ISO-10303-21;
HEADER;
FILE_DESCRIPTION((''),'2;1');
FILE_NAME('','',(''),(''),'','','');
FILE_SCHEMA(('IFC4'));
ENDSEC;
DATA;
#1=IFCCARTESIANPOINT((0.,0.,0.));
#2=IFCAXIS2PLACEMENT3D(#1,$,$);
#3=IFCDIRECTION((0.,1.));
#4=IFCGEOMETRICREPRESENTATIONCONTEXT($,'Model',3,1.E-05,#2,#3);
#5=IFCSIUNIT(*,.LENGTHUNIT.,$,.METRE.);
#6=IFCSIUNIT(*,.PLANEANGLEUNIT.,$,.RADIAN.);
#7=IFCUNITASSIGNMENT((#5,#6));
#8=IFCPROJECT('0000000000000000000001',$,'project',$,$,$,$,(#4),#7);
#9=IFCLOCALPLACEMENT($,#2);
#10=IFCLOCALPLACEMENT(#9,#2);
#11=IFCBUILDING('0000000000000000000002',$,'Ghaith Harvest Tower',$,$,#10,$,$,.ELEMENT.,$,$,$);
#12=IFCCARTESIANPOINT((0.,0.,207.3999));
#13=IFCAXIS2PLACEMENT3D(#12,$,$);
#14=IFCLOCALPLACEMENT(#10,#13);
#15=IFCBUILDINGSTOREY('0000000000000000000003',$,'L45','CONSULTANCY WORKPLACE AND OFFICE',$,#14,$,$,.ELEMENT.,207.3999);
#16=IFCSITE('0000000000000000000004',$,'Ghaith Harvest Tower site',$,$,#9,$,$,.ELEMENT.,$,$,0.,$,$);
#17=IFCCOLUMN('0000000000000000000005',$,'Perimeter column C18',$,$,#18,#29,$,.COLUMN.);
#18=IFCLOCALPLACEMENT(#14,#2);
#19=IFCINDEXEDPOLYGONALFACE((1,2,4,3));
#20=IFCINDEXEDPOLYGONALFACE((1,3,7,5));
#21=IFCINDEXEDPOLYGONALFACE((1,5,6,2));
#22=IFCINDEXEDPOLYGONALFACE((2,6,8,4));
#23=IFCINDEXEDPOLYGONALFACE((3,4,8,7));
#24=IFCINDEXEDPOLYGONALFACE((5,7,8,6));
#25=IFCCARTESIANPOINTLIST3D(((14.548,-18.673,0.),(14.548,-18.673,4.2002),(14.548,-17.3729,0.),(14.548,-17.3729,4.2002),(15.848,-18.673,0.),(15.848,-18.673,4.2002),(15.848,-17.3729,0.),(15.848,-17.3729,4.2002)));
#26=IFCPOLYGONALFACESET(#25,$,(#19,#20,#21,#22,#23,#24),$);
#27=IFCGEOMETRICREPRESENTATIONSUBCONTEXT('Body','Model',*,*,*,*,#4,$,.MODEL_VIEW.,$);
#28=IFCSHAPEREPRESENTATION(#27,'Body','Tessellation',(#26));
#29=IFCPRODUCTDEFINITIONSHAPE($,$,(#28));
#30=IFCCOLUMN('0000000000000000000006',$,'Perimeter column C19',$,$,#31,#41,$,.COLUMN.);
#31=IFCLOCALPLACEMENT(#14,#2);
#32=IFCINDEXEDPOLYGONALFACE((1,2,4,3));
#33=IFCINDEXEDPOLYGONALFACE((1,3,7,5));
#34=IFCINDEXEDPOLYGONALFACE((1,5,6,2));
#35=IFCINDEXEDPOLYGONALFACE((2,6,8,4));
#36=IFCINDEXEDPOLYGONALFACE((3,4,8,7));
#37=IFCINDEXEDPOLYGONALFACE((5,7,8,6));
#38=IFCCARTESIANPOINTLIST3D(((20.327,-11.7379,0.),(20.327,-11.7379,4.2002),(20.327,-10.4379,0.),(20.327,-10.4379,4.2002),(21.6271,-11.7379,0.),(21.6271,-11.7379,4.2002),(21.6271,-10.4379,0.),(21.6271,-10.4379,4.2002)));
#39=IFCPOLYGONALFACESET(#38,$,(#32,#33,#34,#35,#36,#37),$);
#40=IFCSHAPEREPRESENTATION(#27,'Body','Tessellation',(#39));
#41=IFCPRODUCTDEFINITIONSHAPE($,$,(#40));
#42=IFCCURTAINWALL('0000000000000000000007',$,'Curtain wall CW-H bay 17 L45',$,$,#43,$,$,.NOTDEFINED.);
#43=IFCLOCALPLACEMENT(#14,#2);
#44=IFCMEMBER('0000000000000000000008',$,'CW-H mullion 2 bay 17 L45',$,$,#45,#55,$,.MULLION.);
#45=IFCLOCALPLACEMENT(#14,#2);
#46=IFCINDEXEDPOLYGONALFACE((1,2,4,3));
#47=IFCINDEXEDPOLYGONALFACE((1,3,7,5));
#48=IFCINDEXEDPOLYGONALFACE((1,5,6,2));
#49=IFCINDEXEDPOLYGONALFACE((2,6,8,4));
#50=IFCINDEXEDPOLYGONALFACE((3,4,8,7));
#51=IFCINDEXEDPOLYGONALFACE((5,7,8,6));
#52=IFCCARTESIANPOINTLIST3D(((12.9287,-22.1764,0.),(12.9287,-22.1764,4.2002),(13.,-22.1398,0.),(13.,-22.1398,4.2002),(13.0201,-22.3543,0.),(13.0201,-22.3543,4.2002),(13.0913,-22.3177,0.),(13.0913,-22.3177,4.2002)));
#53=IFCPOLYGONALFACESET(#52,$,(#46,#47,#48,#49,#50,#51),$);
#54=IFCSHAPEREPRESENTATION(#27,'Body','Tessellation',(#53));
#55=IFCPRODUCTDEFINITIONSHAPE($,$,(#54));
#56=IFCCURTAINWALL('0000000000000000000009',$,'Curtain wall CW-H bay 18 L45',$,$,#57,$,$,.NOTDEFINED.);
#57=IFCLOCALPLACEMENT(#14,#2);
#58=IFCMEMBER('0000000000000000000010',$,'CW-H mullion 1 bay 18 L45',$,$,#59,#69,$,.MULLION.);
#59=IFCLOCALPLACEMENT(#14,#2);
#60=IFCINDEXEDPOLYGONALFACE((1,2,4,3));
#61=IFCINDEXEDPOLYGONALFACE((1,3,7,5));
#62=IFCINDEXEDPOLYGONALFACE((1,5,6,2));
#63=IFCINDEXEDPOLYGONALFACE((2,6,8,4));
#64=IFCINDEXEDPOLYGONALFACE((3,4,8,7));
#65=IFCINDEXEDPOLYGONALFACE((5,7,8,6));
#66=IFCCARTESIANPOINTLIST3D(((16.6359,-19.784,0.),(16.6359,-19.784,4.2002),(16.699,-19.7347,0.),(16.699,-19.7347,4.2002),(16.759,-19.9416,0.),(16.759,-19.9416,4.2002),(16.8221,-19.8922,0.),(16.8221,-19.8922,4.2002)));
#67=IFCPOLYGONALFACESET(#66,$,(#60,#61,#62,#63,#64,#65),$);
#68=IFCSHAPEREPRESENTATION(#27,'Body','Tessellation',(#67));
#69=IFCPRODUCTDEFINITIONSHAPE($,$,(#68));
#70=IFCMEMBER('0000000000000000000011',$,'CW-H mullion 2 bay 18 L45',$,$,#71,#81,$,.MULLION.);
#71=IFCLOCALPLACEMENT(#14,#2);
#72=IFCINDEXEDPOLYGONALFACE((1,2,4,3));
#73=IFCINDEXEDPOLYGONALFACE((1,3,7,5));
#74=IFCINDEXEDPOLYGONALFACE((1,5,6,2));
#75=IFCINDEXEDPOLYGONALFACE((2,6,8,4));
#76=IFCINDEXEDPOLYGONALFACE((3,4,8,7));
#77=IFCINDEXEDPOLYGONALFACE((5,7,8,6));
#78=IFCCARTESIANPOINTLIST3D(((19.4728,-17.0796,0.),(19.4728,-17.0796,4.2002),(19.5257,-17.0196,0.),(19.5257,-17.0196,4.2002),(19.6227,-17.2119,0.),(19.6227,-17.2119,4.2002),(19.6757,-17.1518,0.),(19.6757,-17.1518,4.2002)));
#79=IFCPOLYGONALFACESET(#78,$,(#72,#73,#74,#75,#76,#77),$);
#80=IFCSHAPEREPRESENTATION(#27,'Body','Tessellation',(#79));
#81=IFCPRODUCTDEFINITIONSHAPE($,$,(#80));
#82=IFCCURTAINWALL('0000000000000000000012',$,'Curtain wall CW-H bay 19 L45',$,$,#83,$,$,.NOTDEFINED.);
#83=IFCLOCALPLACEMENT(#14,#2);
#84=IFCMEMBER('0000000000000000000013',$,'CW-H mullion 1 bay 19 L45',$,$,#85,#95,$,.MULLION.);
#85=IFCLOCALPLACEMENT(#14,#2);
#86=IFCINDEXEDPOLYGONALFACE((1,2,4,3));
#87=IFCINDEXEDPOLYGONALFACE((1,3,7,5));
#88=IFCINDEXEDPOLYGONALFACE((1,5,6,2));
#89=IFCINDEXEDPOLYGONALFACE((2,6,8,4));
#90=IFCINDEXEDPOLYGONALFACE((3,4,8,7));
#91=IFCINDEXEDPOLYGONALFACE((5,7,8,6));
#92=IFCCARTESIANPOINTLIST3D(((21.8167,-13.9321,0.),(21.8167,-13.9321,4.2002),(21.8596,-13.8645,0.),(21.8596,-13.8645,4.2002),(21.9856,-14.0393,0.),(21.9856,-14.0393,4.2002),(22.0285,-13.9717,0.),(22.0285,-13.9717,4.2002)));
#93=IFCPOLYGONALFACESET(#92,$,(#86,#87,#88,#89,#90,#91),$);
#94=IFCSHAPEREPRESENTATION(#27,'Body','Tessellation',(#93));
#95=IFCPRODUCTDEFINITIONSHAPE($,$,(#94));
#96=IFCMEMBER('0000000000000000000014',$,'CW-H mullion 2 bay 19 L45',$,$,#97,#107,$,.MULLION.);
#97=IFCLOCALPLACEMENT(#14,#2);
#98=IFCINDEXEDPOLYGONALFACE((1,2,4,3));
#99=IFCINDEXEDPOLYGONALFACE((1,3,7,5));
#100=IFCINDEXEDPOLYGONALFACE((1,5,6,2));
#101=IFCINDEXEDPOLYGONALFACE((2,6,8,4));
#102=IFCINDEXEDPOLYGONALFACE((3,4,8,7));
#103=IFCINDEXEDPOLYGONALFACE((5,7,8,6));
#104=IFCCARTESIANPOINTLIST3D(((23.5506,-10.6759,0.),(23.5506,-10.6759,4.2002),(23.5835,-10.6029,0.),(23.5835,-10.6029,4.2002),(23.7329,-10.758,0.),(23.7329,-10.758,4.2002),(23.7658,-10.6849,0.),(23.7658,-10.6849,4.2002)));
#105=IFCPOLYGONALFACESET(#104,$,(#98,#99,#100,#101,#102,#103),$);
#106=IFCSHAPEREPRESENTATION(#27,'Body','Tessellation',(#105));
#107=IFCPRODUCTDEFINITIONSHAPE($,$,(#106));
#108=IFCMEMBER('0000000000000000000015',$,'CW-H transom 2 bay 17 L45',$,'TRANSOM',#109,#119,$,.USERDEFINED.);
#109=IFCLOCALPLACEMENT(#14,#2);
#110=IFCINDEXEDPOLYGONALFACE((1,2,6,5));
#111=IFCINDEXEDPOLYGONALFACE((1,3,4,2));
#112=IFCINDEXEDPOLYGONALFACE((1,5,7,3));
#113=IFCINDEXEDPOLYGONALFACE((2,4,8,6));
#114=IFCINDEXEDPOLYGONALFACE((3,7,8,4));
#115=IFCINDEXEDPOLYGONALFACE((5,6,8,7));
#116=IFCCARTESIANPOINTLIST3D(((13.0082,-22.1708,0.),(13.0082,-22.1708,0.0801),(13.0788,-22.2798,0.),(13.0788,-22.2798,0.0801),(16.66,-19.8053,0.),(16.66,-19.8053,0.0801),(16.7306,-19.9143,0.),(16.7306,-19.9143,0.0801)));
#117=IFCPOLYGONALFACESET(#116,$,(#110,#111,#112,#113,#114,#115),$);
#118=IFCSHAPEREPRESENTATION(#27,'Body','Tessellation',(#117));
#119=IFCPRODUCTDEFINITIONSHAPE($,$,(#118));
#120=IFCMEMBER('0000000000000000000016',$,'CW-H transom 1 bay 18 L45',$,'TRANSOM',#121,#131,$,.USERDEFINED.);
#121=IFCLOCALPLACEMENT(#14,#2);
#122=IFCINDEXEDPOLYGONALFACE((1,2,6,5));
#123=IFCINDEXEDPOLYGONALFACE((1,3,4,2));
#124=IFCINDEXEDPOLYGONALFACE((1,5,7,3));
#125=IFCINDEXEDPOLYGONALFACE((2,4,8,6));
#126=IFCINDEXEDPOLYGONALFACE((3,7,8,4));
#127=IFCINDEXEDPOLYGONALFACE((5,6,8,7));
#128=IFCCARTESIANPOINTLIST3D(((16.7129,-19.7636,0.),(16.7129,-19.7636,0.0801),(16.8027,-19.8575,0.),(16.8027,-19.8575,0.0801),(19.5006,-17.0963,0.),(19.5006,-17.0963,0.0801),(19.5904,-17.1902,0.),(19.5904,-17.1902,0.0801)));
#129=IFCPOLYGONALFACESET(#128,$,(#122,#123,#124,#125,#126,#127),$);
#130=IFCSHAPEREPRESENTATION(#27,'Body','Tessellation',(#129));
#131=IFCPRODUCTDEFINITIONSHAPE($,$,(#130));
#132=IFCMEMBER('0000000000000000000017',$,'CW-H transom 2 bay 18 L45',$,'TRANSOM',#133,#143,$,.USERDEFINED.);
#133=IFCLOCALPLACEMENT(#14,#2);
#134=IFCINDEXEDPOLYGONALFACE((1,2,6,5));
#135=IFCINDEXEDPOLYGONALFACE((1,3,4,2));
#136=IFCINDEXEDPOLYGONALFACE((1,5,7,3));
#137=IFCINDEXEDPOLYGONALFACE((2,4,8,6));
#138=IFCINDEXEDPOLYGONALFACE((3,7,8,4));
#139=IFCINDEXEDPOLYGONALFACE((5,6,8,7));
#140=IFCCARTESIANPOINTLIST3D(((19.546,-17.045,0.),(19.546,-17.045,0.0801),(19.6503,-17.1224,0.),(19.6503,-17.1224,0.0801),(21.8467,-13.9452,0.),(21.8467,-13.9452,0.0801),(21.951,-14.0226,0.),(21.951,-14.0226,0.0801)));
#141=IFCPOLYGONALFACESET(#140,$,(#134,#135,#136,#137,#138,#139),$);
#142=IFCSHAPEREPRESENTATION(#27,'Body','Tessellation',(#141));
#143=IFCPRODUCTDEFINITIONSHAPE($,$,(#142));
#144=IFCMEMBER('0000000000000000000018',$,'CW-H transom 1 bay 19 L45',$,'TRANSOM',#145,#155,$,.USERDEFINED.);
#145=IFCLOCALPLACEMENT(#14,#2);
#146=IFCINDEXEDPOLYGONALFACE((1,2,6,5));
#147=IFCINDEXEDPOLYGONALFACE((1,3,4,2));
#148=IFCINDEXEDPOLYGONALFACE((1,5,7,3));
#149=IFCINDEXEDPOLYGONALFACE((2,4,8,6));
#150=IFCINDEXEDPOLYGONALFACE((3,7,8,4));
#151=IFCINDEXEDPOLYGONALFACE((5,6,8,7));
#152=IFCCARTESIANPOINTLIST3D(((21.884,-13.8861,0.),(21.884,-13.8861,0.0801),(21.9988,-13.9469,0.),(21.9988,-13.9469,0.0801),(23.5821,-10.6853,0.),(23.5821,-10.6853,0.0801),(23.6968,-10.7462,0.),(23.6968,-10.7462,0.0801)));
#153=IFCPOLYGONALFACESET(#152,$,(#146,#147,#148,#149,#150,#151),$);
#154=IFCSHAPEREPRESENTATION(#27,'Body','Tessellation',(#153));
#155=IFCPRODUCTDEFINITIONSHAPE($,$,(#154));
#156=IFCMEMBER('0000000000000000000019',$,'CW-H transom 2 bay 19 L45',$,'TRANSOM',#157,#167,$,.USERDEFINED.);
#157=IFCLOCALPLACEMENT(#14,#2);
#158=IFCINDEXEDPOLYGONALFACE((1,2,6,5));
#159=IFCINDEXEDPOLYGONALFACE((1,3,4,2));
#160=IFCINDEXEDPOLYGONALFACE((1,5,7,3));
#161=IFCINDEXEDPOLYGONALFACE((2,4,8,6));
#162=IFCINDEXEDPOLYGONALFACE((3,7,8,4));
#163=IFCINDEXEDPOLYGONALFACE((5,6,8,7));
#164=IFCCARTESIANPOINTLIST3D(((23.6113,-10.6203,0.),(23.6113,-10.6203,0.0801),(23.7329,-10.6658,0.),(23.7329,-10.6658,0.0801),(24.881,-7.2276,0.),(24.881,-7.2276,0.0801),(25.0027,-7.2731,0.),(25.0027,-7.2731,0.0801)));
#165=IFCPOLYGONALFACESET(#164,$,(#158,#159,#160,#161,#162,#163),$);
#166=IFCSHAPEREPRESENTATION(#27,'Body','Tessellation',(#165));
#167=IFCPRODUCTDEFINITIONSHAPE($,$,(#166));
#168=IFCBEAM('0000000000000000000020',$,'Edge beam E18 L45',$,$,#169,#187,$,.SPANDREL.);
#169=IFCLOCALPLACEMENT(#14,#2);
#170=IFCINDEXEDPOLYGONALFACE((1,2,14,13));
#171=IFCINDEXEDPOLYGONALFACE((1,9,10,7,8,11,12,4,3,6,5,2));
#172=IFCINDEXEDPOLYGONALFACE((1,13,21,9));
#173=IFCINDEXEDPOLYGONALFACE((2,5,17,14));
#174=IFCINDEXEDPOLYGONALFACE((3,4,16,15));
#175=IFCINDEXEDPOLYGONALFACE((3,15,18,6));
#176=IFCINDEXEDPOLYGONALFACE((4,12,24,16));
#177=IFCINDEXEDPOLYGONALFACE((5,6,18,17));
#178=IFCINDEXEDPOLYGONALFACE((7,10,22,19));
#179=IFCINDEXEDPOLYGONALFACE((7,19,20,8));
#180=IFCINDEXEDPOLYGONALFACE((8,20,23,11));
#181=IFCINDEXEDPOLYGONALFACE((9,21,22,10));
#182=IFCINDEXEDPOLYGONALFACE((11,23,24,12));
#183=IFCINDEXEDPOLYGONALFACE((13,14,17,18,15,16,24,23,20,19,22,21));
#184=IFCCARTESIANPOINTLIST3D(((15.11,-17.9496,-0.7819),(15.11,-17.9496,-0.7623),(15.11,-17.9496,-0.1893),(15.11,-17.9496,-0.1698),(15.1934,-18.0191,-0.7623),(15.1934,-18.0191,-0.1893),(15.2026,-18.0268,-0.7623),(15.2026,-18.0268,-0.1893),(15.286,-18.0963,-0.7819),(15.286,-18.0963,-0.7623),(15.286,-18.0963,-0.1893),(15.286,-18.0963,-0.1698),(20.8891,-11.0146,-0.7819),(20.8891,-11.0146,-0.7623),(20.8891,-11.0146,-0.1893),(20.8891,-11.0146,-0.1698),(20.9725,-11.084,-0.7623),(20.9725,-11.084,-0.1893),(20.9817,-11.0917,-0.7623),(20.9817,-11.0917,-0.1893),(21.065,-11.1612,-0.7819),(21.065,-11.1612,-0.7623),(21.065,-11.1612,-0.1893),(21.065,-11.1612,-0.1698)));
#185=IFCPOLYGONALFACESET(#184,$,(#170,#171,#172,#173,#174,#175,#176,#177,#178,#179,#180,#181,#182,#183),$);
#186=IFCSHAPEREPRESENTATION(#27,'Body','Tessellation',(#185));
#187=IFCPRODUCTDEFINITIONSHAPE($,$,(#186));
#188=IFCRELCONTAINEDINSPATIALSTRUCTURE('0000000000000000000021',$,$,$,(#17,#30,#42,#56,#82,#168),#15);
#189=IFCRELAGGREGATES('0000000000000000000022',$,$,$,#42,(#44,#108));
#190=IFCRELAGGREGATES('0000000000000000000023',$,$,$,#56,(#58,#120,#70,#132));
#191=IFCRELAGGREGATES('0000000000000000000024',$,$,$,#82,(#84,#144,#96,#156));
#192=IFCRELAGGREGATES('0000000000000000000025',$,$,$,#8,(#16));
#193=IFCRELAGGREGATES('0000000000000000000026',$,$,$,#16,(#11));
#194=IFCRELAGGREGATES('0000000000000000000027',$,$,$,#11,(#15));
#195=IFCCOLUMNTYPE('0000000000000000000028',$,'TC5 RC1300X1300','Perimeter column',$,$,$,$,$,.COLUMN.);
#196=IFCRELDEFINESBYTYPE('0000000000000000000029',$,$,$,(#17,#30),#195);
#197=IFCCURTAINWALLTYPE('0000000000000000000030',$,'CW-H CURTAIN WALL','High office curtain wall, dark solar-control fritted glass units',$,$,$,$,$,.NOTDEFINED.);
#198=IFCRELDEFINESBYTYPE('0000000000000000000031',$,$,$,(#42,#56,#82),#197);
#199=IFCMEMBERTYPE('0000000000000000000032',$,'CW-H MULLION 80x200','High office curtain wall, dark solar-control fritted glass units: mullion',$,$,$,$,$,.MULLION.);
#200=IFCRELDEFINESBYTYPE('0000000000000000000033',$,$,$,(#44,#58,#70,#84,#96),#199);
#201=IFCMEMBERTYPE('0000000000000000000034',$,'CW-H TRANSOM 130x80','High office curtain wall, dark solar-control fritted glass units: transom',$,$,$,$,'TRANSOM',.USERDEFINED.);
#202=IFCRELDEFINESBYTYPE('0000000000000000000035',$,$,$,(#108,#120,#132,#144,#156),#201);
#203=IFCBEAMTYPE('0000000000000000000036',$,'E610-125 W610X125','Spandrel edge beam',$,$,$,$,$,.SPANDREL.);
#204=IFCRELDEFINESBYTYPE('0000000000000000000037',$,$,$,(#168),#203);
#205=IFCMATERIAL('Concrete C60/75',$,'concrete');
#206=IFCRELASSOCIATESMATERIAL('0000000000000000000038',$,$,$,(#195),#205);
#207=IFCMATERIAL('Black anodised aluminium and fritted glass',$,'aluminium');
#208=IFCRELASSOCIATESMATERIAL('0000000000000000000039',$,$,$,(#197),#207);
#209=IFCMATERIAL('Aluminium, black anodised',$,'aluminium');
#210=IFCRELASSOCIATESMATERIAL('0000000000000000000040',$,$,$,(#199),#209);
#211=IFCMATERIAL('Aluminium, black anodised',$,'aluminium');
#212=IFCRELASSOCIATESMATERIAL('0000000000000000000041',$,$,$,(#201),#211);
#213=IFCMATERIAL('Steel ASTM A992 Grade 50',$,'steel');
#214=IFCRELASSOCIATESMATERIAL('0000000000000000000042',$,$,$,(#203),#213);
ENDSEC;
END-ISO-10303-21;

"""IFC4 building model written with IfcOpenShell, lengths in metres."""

from ifc_helpers import new_model, si_unit, direction, frame, origin, origin_2d, place, context, subcontext, project, spatial, rectangle, i_section, extrude, material, material_profile, profile_set, type_object, element, aggregate, save


model = new_model("IFC4")

# Units and contexts
model_context = context("Model", 3, precision=1e-05, world=origin(), true_north=direction((0.0, 1.0)))
body_context = subcontext(model_context, "Body", "Model", "MODEL_VIEW")
ifc_project = project(units=[si_unit("LENGTHUNIT", "METRE"), si_unit("PLANEANGLEUNIT", "RADIAN")], contexts=[model_context])

# Site, building, storey
site_placement = place(None, origin())
site = spatial("IfcSite", under=ifc_project, at=site_placement, Name="Ghaith Harvest Tower site", CompositionType="ELEMENT", RefElevation=0.0)
building_placement = place(site_placement, origin())
building = spatial("IfcBuilding", under=site, at=building_placement, Name="Ghaith Harvest Tower", CompositionType="ELEMENT")
storey_placement = place(building_placement, frame((0.0, 0.0, 207.3999)))
storey = spatial("IfcBuildingStorey", under=building, at=storey_placement, Name="L45", Description="CONSULTANCY WORKPLACE AND OFFICE", CompositionType="ELEMENT", Elevation=207.3999)

# Columns
ifc_material_1 = material(Name="Concrete C60/75", Category="concrete")
ifc_material_profile_1 = material_profile(ifc_material_1, rectangle(XDim=1.3, YDim=1.3, at=origin_2d()), Name="RC1300X1300")
ifc_profile_set_1 = profile_set([ifc_material_profile_1], Name="Concrete C60/75")
column_type = type_object("IfcColumnType", Name="TC5 RC1300X1300", Description="Perimeter column", PredefinedType="COLUMN", material=ifc_profile_set_1)
for number, where, z_axis, x_axis, name in (
    (1, (15.198, -18.0229, 0.0), (0.0, 0.0, 1.0), (1.0, 0.0, 0.0), "Perimeter column C18"),
    (2, (20.9771, -11.0879, 0.0), (0.0, 0.0, 1.0), (1.0, 0.0, 0.0), "Perimeter column C19"),
):
    element("IfcColumn", number, at=place(storey_placement, frame(where, z_axis=z_axis, x_axis=x_axis)), inside=storey, type_object=column_type, Name=name, PredefinedType="COLUMN", context=body_context, shape_type="SweptSolid", body=[
        extrude(rectangle(XDim=1.3, YDim=1.3, at=origin_2d()), origin(), (0.0, 0.0, 1.0), 4.2002),
    ])

# Curtain wall, member
ifc_material_2 = material(Name="Black anodised aluminium and fritted glass", Category="aluminium")
curtain_wall_type = type_object("IfcCurtainWallType", Name="CW-H CURTAIN WALL", Description="High office curtain wall, dark solar-control fritted glass units", PredefinedType="NOTDEFINED", material=ifc_material_2)
curtain_wall_1_placement = place(storey_placement, origin())
curtain_wall_1 = element("IfcCurtainWall", 3, at=curtain_wall_1_placement, inside=storey, type_object=curtain_wall_type, Name="Curtain wall CW-H bay 17 L45", PredefinedType="NOTDEFINED")
ifc_material_3 = material(Name="Aluminium, black anodised", Category="aluminium")
ifc_material_profile_2 = material_profile(ifc_material_3, rectangle(XDim=0.0801, YDim=0.2, at=origin_2d()), Name="CW-H MULLION 80x200")
ifc_profile_set_2 = profile_set([ifc_material_profile_2], Name="Aluminium, black anodised")
member_type_1 = type_object("IfcMemberType", Name="CW-H MULLION 80x200", Description="High office curtain wall, dark solar-control fritted glass units: mullion", PredefinedType="MULLION", material=ifc_profile_set_2)
member_1_placement = place(storey_placement, frame((13.01, -22.2471, 0.0), z_axis=(0.0, 0.0, 1.0), x_axis=(0.889568, 0.456802, 0.0)))
member_1 = element("IfcMember", 4, at=member_1_placement, type_object=member_type_1, Name="CW-H mullion 2 bay 17 L45", PredefinedType="MULLION", context=body_context, shape_type="SweptSolid", body=[
    extrude(rectangle(XDim=0.0801, YDim=0.2, at=origin_2d()), origin(), (0.0, 0.0, 1.0), 4.2002),
])

# Curtain walls, members
curtain_wall_2_placement = place(storey_placement, origin())
curtain_wall_2 = element("IfcCurtainWall", 5, at=curtain_wall_2_placement, inside=storey, type_object=curtain_wall_type, Name="Curtain wall CW-H bay 18 L45", PredefinedType="NOTDEFINED")
member_2_placement = place(storey_placement, frame((16.729, -19.8381, 0.0), z_axis=(0.0, 0.0, 1.0), x_axis=(0.787846, 0.615873, 0.0)))
member_2 = element("IfcMember", 6, at=member_2_placement, type_object=member_type_1, Name="CW-H mullion 1 bay 18 L45", PredefinedType="MULLION", context=body_context, shape_type="SweptSolid", body=[
    extrude(rectangle(XDim=0.0801, YDim=0.2, at=origin_2d()), origin(), (0.0, 0.0, 1.0), 4.2002),
])
member_3_placement = place(storey_placement, frame((19.5742, -17.1157, 0.0), z_axis=(0.0, 0.0, 1.0), x_axis=(0.661615, 0.749844, 0.0)))
member_3 = element("IfcMember", 7, at=member_3_placement, type_object=member_type_1, Name="CW-H mullion 2 bay 18 L45", PredefinedType="MULLION", context=body_context, shape_type="SweptSolid", body=[
    extrude(rectangle(XDim=0.0801, YDim=0.2, at=origin_2d()), origin(), (0.0, 0.0, 1.0), 4.2002),
])
curtain_wall_3_placement = place(storey_placement, origin())
curtain_wall_3 = element("IfcCurtainWall", 8, at=curtain_wall_3_placement, inside=storey, type_object=curtain_wall_type, Name="Curtain wall CW-H bay 19 L45", PredefinedType="NOTDEFINED")
member_4_placement = place(storey_placement, frame((21.9226, -13.9519, 0.0), z_axis=(0.0, 0.0, 1.0), x_axis=(0.535827, 0.844328, 0.0)))
member_4 = element("IfcMember", 9, at=member_4_placement, type_object=member_type_1, Name="CW-H mullion 1 bay 19 L45", PredefinedType="MULLION", context=body_context, shape_type="SweptSolid", body=[
    extrude(rectangle(XDim=0.0801, YDim=0.2, at=origin_2d()), origin(), (0.0, 0.0, 1.0), 4.2002),
])
member_5_placement = place(storey_placement, frame((23.6582, -10.6804, 0.0), z_axis=(0.0, 0.0, 1.0), x_axis=(0.41043, 0.911892, 0.0)))
member_5 = element("IfcMember", 10, at=member_5_placement, type_object=member_type_1, Name="CW-H mullion 2 bay 19 L45", PredefinedType="MULLION", context=body_context, shape_type="SweptSolid", body=[
    extrude(rectangle(XDim=0.0801, YDim=0.2, at=origin_2d()), origin(), (0.0, 0.0, 1.0), 4.2002),
])

# Members
ifc_material_4 = material(Name="Aluminium, black anodised", Category="aluminium")
ifc_material_profile_3 = material_profile(ifc_material_4, rectangle(XDim=0.1299, YDim=0.0801, at=origin_2d()), Name="CW-H TRANSOM 130x80")
ifc_profile_set_3 = profile_set([ifc_material_profile_3], Name="Aluminium, black anodised")
member_type_2 = type_object("IfcMemberType", Name="CW-H TRANSOM 130x80", Description="High office curtain wall, dark solar-control fritted glass units: transom", ElementType="TRANSOM", PredefinedType="USERDEFINED", material=ifc_profile_set_3)
member_6_placement = place(storey_placement, frame((13.0435, -22.2253, 0.04), z_axis=(0.839307, 0.543658, 0.0), x_axis=(-0.543658, 0.839307, 0.0)))
member_6 = element("IfcMember", 11, at=member_6_placement, type_object=member_type_2, Name="CW-H transom 2 bay 17 L45", ObjectType="TRANSOM", PredefinedType="USERDEFINED", context=body_context, shape_type="SweptSolid", body=[
    extrude(rectangle(XDim=0.1299, YDim=0.0801, at=origin_2d()), origin(), (0.0, 0.0, 1.0), 4.3511),
])
member_7_placement = place(storey_placement, frame((16.7578, -19.8105, 0.04), z_axis=(0.722533, 0.691336, 0.0), x_axis=(-0.691336, 0.722533, 0.0)))
member_7 = element("IfcMember", 12, at=member_7_placement, type_object=member_type_2, Name="CW-H transom 1 bay 18 L45", ObjectType="TRANSOM", PredefinedType="USERDEFINED", context=body_context, shape_type="SweptSolid", body=[
    extrude(rectangle(XDim=0.1299, YDim=0.0801, at=origin_2d()), origin(), (0.0, 0.0, 1.0), 3.8582),
])
member_8_placement = place(storey_placement, frame((19.5981, -17.0837, 0.04), z_axis=(0.595996, 0.802988, 0.0), x_axis=(-0.802988, 0.595996, 0.0)))
member_8 = element("IfcMember", 13, at=member_8_placement, type_object=member_type_2, Name="CW-H transom 2 bay 18 L45", ObjectType="TRANSOM", PredefinedType="USERDEFINED", context=body_context, shape_type="SweptSolid", body=[
    extrude(rectangle(XDim=0.1299, YDim=0.0801, at=origin_2d()), origin(), (0.0, 0.0, 1.0), 3.8604),
])
member_9_placement = place(storey_placement, frame((21.9414, -13.9165, 0.04), z_axis=(0.468646, 0.883386, 0.0), x_axis=(-0.883386, 0.468646, 0.0)))
member_9 = element("IfcMember", 14, at=member_9_placement, type_object=member_type_2, Name="CW-H transom 1 bay 19 L45", ObjectType="TRANSOM", PredefinedType="USERDEFINED", context=body_context, shape_type="SweptSolid", body=[
    extrude(rectangle(XDim=0.1299, YDim=0.0801, at=origin_2d()), origin(), (0.0, 0.0, 1.0), 3.6233),
])
member_10_placement = place(storey_placement, frame((23.6721, -10.6431, 0.04), z_axis=(0.35051, 0.936559, 0.0), x_axis=(-0.936559, 0.35051, 0.0)))
member_10 = element("IfcMember", 15, at=member_10_placement, type_object=member_type_2, Name="CW-H transom 2 bay 19 L45", ObjectType="TRANSOM", PredefinedType="USERDEFINED", context=body_context, shape_type="SweptSolid", body=[
    extrude(rectangle(XDim=0.1299, YDim=0.0801, at=origin_2d()), origin(), (0.0, 0.0, 1.0), 3.6226),
])

# Beam
ifc_material_5 = material(Name="Steel ASTM A992 Grade 50", Category="steel")
ifc_material_profile_4 = material_profile(ifc_material_5, i_section(OverallWidth=0.229, OverallDepth=0.6121, WebThickness=0.012, FlangeThickness=0.0195, at=origin_2d()), Name="W610X125")
ifc_profile_set_4 = profile_set([ifc_material_profile_4], Name="Steel ASTM A992 Grade 50")
beam_type_1 = type_object("IfcBeamType", Name="E610-125 W610X125", Description="Spandrel edge beam", PredefinedType="SPANDREL", material=ifc_profile_set_4)
beam_1_placement = place(storey_placement, frame((15.198, -18.0229, -0.4758), z_axis=(0.640174, 0.76823, 0.0), x_axis=(-0.76823, 0.640174, 0.0)))
element("IfcBeam", 16, at=beam_1_placement, inside=storey, type_object=beam_type_1, Name="Edge beam E18 L45", PredefinedType="SPANDREL", context=body_context, shape_type="SweptSolid", body=[
    extrude(i_section(OverallWidth=0.229, OverallDepth=0.6121, WebThickness=0.012, FlangeThickness=0.0195, at=origin_2d()), origin(), (0.0, 0.0, 1.0), 9.0273),
])

aggregate(curtain_wall_1, [member_1, member_6])
aggregate(curtain_wall_2, [member_2, member_7, member_3, member_8])
aggregate(curtain_wall_3, [member_4, member_9, member_5, member_10])

save(model, "model.ifc")
